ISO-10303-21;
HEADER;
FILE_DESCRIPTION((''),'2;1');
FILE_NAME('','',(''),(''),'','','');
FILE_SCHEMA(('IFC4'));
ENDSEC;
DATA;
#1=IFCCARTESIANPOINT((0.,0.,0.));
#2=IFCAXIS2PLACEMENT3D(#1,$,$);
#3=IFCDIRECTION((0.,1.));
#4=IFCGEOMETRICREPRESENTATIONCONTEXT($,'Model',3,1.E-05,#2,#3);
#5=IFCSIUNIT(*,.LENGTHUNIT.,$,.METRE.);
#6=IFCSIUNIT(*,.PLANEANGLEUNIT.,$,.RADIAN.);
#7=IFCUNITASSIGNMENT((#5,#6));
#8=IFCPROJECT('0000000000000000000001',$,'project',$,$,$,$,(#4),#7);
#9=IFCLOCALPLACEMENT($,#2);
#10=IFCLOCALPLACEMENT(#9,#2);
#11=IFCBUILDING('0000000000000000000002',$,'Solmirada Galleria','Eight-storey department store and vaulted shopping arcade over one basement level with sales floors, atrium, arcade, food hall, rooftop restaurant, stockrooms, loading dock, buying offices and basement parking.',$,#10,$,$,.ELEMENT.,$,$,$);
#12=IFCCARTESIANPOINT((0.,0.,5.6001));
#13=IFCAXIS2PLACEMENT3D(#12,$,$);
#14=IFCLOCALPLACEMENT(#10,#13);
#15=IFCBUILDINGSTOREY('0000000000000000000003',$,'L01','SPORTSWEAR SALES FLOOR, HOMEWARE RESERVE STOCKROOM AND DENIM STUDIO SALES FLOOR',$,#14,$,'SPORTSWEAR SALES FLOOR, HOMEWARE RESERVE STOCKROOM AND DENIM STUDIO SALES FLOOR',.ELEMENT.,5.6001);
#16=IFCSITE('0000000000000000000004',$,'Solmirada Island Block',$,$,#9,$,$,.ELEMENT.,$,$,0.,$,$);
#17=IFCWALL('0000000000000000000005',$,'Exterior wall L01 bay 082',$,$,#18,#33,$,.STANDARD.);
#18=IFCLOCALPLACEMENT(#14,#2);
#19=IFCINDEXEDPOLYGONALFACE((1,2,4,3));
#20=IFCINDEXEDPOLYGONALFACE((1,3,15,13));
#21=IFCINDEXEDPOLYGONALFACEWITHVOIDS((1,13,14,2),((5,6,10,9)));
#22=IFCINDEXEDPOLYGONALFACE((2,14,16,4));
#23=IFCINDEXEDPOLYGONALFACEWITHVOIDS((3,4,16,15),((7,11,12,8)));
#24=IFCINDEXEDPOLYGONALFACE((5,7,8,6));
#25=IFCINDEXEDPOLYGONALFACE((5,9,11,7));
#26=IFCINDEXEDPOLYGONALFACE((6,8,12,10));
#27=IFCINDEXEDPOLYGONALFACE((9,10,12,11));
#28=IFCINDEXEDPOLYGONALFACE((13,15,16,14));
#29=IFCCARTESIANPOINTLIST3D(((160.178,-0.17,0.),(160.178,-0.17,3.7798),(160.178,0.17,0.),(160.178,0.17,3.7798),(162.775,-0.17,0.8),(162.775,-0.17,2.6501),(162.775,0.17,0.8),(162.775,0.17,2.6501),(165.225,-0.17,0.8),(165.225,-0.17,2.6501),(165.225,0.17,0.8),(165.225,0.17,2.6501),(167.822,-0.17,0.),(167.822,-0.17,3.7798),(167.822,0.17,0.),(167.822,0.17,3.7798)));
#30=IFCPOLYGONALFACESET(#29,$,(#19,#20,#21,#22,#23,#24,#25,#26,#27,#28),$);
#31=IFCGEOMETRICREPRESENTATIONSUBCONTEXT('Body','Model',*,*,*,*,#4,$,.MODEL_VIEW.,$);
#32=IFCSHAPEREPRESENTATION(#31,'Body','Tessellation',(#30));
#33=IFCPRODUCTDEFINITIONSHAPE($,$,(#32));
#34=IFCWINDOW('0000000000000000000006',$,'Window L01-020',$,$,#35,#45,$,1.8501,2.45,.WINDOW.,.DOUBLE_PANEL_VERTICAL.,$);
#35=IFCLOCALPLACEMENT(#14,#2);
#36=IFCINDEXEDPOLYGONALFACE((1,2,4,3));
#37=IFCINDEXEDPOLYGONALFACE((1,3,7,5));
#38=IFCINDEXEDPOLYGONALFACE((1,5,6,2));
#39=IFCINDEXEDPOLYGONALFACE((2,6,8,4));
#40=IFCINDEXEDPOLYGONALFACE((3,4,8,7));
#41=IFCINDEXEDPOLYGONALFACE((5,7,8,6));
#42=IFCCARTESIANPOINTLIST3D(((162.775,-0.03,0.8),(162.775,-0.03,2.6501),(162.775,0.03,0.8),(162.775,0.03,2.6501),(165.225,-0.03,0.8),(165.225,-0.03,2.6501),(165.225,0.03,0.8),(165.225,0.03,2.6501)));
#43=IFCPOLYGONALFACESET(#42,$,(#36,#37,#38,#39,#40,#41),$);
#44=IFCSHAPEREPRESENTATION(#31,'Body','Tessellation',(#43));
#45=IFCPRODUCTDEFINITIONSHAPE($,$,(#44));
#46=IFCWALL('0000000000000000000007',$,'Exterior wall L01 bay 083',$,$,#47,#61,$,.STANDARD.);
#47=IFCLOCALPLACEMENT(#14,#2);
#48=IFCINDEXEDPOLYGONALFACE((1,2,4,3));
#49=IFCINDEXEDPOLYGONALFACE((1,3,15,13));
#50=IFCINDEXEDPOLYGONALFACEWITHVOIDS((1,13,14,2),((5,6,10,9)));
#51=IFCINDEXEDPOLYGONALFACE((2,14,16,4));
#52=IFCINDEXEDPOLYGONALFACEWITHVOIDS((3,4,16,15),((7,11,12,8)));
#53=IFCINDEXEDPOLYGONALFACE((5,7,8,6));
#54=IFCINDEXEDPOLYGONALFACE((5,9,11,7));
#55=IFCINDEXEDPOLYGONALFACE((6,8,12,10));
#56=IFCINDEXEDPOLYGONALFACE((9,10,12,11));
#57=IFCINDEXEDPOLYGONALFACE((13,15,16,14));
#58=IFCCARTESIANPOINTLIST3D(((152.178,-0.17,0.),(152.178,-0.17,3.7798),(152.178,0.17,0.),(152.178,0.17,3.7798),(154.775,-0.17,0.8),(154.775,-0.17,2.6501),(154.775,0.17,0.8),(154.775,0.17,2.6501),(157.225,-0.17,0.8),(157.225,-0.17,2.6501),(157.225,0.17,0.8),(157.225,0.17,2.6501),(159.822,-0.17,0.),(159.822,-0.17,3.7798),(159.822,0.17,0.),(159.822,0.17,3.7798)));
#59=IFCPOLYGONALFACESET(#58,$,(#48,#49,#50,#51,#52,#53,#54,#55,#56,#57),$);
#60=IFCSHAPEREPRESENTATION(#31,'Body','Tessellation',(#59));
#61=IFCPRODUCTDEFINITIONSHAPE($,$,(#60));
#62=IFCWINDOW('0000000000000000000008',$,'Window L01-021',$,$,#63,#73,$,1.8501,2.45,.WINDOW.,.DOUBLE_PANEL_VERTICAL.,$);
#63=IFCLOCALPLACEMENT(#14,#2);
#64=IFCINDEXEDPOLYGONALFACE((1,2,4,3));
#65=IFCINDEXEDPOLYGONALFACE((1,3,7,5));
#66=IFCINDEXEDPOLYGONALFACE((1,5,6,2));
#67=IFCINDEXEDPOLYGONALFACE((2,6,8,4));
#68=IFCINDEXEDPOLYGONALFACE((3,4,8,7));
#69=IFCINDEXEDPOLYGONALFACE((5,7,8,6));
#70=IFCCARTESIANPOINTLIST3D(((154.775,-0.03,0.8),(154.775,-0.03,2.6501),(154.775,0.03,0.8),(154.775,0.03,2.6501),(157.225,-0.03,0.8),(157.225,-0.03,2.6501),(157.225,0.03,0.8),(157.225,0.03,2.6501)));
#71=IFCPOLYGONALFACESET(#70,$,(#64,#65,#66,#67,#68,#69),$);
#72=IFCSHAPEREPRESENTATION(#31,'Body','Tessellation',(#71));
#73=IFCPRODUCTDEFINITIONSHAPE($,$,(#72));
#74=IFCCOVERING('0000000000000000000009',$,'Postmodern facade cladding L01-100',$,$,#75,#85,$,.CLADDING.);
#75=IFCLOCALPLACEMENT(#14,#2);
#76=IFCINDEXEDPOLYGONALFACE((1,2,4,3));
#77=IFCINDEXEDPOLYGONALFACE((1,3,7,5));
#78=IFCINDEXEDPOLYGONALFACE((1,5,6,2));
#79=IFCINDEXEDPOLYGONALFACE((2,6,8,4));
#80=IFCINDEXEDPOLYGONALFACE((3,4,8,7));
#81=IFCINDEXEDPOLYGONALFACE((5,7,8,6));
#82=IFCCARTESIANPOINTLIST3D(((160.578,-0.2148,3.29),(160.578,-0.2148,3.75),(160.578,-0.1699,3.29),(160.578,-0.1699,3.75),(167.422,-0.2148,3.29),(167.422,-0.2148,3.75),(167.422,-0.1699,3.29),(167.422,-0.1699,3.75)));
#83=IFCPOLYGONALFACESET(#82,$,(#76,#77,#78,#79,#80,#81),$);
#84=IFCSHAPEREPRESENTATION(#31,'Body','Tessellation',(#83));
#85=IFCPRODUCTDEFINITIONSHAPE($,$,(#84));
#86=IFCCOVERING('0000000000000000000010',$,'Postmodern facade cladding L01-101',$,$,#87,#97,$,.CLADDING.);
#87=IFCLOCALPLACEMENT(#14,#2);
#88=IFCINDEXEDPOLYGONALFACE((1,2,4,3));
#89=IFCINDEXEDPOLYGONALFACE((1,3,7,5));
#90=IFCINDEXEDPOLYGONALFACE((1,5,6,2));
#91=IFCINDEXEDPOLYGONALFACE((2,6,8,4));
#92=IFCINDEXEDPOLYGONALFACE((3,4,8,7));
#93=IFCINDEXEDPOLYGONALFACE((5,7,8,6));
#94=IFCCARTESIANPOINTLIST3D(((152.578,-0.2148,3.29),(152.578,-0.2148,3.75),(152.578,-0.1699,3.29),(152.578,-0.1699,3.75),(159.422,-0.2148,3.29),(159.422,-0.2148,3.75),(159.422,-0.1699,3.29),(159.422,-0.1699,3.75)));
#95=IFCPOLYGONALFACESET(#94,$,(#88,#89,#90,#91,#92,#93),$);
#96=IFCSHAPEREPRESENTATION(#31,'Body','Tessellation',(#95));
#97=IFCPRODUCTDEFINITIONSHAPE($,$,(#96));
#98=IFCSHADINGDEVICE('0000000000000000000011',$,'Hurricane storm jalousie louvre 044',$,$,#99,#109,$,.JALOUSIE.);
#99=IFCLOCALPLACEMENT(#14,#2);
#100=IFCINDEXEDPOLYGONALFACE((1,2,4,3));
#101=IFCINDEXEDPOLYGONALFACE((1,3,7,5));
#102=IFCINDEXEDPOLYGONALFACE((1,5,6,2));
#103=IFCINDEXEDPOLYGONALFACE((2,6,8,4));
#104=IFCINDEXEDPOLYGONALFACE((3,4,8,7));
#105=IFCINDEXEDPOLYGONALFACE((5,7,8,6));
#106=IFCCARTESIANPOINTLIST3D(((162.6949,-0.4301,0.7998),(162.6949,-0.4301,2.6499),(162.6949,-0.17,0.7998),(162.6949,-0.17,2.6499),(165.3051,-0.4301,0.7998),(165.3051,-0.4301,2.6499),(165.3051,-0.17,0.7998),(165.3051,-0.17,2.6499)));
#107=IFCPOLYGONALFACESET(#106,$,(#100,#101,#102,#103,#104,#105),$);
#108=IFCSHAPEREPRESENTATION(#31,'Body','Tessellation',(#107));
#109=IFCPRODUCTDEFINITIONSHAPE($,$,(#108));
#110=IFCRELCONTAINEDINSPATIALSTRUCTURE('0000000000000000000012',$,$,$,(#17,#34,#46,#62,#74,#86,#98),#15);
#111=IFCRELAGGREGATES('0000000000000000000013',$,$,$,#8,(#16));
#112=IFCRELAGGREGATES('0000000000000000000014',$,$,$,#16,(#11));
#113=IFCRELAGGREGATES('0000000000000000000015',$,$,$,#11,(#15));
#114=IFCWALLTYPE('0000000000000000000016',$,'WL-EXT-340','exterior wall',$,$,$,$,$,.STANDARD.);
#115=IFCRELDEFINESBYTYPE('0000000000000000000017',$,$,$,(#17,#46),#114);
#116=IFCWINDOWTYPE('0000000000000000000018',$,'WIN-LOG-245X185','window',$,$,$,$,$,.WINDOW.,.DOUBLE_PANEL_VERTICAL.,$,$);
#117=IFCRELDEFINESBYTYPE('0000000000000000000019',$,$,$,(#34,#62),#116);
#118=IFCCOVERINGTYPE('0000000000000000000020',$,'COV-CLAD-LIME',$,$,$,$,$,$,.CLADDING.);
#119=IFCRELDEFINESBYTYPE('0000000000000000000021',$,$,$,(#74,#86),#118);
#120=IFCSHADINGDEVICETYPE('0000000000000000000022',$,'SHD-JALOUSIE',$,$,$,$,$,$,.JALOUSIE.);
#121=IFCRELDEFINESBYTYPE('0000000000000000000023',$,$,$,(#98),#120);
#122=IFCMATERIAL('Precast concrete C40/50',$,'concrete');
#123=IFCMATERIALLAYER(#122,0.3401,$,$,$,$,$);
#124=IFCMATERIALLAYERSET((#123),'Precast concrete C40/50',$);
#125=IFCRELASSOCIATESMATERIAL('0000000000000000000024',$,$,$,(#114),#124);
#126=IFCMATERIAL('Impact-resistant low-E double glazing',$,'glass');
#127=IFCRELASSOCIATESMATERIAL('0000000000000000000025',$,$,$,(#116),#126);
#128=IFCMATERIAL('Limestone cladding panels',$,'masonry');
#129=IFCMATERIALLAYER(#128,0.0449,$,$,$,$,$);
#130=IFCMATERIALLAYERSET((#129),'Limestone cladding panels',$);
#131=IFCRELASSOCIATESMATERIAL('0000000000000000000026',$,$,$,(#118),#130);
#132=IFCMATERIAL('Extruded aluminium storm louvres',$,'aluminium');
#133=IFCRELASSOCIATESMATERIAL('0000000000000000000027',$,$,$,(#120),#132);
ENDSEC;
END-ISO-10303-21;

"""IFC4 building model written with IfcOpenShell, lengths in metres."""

from ifc_helpers import new_model, si_unit, direction, frame, frame_2d, origin, origin_2d, place, context, subcontext, project, spatial, rectangle, extrude, material, layer, layer_set, type_object, element, fill, save


model = new_model("IFC4")

# Units and contexts
model_context = context("Model", 3, precision=1e-05, world=origin(), true_north=direction((0.0, 1.0)))
body_context = subcontext(model_context, "Body", "Model", "MODEL_VIEW")
ifc_project = project(units=[si_unit("LENGTHUNIT", "METRE"), si_unit("PLANEANGLEUNIT", "RADIAN")], contexts=[model_context])

# Site, building, storey
site_placement = place(None, origin())
site = spatial("IfcSite", under=ifc_project, at=site_placement, Name="Solmirada Island Block", CompositionType="ELEMENT", RefElevation=0.0)
building_placement = place(site_placement, origin())
building = spatial("IfcBuilding", under=site, at=building_placement, Name="Solmirada Galleria", Description="Eight-storey department store and vaulted shopping arcade over one basement level with sales floors, atrium, arcade, food hall, rooftop restaurant, stockrooms, loading dock, buying offices and basement parking.", CompositionType="ELEMENT")
storey_placement = place(building_placement, frame((0.0, 0.0, 5.6001)))
storey = spatial("IfcBuildingStorey", under=building, at=storey_placement, Name="L01", Description="SPORTSWEAR SALES FLOOR, HOMEWARE RESERVE STOCKROOM AND DENIM STUDIO SALES FLOOR", LongName="SPORTSWEAR SALES FLOOR, HOMEWARE RESERVE STOCKROOM AND DENIM STUDIO SALES FLOOR", CompositionType="ELEMENT", Elevation=5.6001)

# Walls, openings, windows
ifc_material_1 = material(Name="Precast concrete C40/50", Category="concrete")
ifc_layer_1 = layer(ifc_material_1, 0.3401)
ifc_layer_set_1 = layer_set([ifc_layer_1], Name="Precast concrete C40/50")
wall_type = type_object("IfcWallType", Name="WL-EXT-340", Description="exterior wall", PredefinedType="STANDARD", material=ifc_layer_set_1)
wall_1_placement = place(storey_placement, frame((167.822, 0.0, 0.0), z_axis=(0.0, 0.0, 1.0), x_axis=(-1.0, 0.0, 0.0)))
wall_1 = element("IfcWall", 1, at=wall_1_placement, inside=storey, type_object=wall_type, Name="Exterior wall L01 bay 082", PredefinedType="STANDARD", context=body_context, shape_type="SweptSolid", body=[
    extrude(rectangle(XDim=7.644, YDim=0.3401, at=frame_2d((3.822, 0.0))), origin(), (0.0, 0.0, 1.0), 3.7798),
])
opening_1_placement = place(wall_1_placement, frame((2.5969, 0.0, 0.8)))
opening_1 = element("IfcOpeningElement", 2, at=opening_1_placement, cuts=wall_1, PredefinedType="OPENING", context=body_context, shape_type="SweptSolid", body=[
    extrude(rectangle(XDim=2.45, YDim=1.8501, at=frame_2d((1.2251, 0.925))), frame((0.0, 0.1799, 0.0), z_axis=(0.0, -1.0, 0.0), x_axis=(1.0, 0.0, 0.0)), (0.0, 0.0, 1.0), 0.3601),
])
ifc_material_2 = material(Name="Impact-resistant low-E double glazing", Category="glass")
window_type = type_object("IfcWindowType", Name="WIN-LOG-245X185", Description="window", PartitioningType="DOUBLE_PANEL_VERTICAL", PredefinedType="WINDOW", material=ifc_material_2)
window_1_placement = place(opening_1_placement, origin())
window_1 = element("IfcWindow", 3, at=window_1_placement, inside=storey, type_object=window_type, Name="Window L01-020", OverallHeight=1.8501, OverallWidth=2.45, PartitioningType="DOUBLE_PANEL_VERTICAL", PredefinedType="WINDOW", context=body_context, shape_type="SweptSolid", body=[
    extrude(rectangle(XDim=2.45, YDim=1.8501, at=frame_2d((1.2251, 0.925))), frame((0.0, 0.03, 0.0), z_axis=(0.0, -1.0, 0.0), x_axis=(1.0, 0.0, 0.0)), (0.0, 0.0, 1.0), 0.0601),
])
fill(opening_1, window_1)
wall_2_placement = place(storey_placement, frame((159.822, 0.0, 0.0), z_axis=(0.0, 0.0, 1.0), x_axis=(-1.0, 0.0, 0.0)))
wall_2 = element("IfcWall", 4, at=wall_2_placement, inside=storey, type_object=wall_type, Name="Exterior wall L01 bay 083", PredefinedType="STANDARD", context=body_context, shape_type="SweptSolid", body=[
    extrude(rectangle(XDim=7.644, YDim=0.3401, at=frame_2d((3.822, 0.0))), origin(), (0.0, 0.0, 1.0), 3.7798),
])
opening_2_placement = place(wall_2_placement, frame((2.5969, 0.0, 0.8)))
opening_2 = element("IfcOpeningElement", 5, at=opening_2_placement, cuts=wall_2, PredefinedType="OPENING", context=body_context, shape_type="SweptSolid", body=[
    extrude(rectangle(XDim=2.45, YDim=1.8501, at=frame_2d((1.2251, 0.925))), frame((0.0, 0.1799, 0.0), z_axis=(0.0, -1.0, 0.0), x_axis=(1.0, 0.0, 0.0)), (0.0, 0.0, 1.0), 0.3601),
])
window_2_placement = place(opening_2_placement, origin())
window_2 = element("IfcWindow", 6, at=window_2_placement, inside=storey, type_object=window_type, Name="Window L01-021", OverallHeight=1.8501, OverallWidth=2.45, PartitioningType="DOUBLE_PANEL_VERTICAL", PredefinedType="WINDOW", context=body_context, shape_type="SweptSolid", body=[
    extrude(rectangle(XDim=2.45, YDim=1.8501, at=frame_2d((1.2251, 0.925))), frame((0.0, 0.03, 0.0), z_axis=(0.0, -1.0, 0.0), x_axis=(1.0, 0.0, 0.0)), (0.0, 0.0, 1.0), 0.0601),
])
fill(opening_2, window_2)

# Coverings
ifc_material_3 = material(Name="Limestone cladding panels", Category="masonry")
ifc_layer_2 = layer(ifc_material_3, 0.0449)
ifc_layer_set_2 = layer_set([ifc_layer_2], Name="Limestone cladding panels")
covering_type = type_object("IfcCoveringType", Name="COV-CLAD-LIME", PredefinedType="CLADDING", material=ifc_layer_set_2)
for number, where, z_axis, x_axis, name in (
    (7, (164.0, -0.1924, 3.29), (0.0, 0.0, 1.0), (-1.0, 0.0, 0.0), "Postmodern facade cladding L01-100"),
    (8, (156.0, -0.1924, 3.29), (0.0, 0.0, 1.0), (-1.0, 0.0, 0.0), "Postmodern facade cladding L01-101"),
):
    element("IfcCovering", number, at=place(storey_placement, frame(where, z_axis=z_axis, x_axis=x_axis)), inside=storey, type_object=covering_type, Name=name, PredefinedType="CLADDING", context=body_context, shape_type="SweptSolid", body=[
        extrude(rectangle(XDim=6.844, YDim=0.0449, at=origin_2d()), origin(), (0.0, 0.0, 1.0), 0.46),
    ])

# Shading device
ifc_material_4 = material(Name="Extruded aluminium storm louvres", Category="aluminium")
shading_device_type = type_object("IfcShadingDeviceType", Name="SHD-JALOUSIE", PredefinedType="JALOUSIE", material=ifc_material_4)
shading_device_placement = place(storey_placement, frame((164.0, -0.3, 0.7998), z_axis=(0.0, 0.0, 1.0), x_axis=(-1.0, 0.0, 0.0)))
element("IfcShadingDevice", 9, at=shading_device_placement, inside=storey, type_object=shading_device_type, Name="Hurricane storm jalousie louvre 044", PredefinedType="JALOUSIE", context=body_context, shape_type="SweptSolid", body=[
    extrude(rectangle(XDim=2.6101, YDim=0.26, at=origin_2d()), origin(), (0.0, 0.0, 1.0), 1.8501),
])

save(model, "model.ifc")
